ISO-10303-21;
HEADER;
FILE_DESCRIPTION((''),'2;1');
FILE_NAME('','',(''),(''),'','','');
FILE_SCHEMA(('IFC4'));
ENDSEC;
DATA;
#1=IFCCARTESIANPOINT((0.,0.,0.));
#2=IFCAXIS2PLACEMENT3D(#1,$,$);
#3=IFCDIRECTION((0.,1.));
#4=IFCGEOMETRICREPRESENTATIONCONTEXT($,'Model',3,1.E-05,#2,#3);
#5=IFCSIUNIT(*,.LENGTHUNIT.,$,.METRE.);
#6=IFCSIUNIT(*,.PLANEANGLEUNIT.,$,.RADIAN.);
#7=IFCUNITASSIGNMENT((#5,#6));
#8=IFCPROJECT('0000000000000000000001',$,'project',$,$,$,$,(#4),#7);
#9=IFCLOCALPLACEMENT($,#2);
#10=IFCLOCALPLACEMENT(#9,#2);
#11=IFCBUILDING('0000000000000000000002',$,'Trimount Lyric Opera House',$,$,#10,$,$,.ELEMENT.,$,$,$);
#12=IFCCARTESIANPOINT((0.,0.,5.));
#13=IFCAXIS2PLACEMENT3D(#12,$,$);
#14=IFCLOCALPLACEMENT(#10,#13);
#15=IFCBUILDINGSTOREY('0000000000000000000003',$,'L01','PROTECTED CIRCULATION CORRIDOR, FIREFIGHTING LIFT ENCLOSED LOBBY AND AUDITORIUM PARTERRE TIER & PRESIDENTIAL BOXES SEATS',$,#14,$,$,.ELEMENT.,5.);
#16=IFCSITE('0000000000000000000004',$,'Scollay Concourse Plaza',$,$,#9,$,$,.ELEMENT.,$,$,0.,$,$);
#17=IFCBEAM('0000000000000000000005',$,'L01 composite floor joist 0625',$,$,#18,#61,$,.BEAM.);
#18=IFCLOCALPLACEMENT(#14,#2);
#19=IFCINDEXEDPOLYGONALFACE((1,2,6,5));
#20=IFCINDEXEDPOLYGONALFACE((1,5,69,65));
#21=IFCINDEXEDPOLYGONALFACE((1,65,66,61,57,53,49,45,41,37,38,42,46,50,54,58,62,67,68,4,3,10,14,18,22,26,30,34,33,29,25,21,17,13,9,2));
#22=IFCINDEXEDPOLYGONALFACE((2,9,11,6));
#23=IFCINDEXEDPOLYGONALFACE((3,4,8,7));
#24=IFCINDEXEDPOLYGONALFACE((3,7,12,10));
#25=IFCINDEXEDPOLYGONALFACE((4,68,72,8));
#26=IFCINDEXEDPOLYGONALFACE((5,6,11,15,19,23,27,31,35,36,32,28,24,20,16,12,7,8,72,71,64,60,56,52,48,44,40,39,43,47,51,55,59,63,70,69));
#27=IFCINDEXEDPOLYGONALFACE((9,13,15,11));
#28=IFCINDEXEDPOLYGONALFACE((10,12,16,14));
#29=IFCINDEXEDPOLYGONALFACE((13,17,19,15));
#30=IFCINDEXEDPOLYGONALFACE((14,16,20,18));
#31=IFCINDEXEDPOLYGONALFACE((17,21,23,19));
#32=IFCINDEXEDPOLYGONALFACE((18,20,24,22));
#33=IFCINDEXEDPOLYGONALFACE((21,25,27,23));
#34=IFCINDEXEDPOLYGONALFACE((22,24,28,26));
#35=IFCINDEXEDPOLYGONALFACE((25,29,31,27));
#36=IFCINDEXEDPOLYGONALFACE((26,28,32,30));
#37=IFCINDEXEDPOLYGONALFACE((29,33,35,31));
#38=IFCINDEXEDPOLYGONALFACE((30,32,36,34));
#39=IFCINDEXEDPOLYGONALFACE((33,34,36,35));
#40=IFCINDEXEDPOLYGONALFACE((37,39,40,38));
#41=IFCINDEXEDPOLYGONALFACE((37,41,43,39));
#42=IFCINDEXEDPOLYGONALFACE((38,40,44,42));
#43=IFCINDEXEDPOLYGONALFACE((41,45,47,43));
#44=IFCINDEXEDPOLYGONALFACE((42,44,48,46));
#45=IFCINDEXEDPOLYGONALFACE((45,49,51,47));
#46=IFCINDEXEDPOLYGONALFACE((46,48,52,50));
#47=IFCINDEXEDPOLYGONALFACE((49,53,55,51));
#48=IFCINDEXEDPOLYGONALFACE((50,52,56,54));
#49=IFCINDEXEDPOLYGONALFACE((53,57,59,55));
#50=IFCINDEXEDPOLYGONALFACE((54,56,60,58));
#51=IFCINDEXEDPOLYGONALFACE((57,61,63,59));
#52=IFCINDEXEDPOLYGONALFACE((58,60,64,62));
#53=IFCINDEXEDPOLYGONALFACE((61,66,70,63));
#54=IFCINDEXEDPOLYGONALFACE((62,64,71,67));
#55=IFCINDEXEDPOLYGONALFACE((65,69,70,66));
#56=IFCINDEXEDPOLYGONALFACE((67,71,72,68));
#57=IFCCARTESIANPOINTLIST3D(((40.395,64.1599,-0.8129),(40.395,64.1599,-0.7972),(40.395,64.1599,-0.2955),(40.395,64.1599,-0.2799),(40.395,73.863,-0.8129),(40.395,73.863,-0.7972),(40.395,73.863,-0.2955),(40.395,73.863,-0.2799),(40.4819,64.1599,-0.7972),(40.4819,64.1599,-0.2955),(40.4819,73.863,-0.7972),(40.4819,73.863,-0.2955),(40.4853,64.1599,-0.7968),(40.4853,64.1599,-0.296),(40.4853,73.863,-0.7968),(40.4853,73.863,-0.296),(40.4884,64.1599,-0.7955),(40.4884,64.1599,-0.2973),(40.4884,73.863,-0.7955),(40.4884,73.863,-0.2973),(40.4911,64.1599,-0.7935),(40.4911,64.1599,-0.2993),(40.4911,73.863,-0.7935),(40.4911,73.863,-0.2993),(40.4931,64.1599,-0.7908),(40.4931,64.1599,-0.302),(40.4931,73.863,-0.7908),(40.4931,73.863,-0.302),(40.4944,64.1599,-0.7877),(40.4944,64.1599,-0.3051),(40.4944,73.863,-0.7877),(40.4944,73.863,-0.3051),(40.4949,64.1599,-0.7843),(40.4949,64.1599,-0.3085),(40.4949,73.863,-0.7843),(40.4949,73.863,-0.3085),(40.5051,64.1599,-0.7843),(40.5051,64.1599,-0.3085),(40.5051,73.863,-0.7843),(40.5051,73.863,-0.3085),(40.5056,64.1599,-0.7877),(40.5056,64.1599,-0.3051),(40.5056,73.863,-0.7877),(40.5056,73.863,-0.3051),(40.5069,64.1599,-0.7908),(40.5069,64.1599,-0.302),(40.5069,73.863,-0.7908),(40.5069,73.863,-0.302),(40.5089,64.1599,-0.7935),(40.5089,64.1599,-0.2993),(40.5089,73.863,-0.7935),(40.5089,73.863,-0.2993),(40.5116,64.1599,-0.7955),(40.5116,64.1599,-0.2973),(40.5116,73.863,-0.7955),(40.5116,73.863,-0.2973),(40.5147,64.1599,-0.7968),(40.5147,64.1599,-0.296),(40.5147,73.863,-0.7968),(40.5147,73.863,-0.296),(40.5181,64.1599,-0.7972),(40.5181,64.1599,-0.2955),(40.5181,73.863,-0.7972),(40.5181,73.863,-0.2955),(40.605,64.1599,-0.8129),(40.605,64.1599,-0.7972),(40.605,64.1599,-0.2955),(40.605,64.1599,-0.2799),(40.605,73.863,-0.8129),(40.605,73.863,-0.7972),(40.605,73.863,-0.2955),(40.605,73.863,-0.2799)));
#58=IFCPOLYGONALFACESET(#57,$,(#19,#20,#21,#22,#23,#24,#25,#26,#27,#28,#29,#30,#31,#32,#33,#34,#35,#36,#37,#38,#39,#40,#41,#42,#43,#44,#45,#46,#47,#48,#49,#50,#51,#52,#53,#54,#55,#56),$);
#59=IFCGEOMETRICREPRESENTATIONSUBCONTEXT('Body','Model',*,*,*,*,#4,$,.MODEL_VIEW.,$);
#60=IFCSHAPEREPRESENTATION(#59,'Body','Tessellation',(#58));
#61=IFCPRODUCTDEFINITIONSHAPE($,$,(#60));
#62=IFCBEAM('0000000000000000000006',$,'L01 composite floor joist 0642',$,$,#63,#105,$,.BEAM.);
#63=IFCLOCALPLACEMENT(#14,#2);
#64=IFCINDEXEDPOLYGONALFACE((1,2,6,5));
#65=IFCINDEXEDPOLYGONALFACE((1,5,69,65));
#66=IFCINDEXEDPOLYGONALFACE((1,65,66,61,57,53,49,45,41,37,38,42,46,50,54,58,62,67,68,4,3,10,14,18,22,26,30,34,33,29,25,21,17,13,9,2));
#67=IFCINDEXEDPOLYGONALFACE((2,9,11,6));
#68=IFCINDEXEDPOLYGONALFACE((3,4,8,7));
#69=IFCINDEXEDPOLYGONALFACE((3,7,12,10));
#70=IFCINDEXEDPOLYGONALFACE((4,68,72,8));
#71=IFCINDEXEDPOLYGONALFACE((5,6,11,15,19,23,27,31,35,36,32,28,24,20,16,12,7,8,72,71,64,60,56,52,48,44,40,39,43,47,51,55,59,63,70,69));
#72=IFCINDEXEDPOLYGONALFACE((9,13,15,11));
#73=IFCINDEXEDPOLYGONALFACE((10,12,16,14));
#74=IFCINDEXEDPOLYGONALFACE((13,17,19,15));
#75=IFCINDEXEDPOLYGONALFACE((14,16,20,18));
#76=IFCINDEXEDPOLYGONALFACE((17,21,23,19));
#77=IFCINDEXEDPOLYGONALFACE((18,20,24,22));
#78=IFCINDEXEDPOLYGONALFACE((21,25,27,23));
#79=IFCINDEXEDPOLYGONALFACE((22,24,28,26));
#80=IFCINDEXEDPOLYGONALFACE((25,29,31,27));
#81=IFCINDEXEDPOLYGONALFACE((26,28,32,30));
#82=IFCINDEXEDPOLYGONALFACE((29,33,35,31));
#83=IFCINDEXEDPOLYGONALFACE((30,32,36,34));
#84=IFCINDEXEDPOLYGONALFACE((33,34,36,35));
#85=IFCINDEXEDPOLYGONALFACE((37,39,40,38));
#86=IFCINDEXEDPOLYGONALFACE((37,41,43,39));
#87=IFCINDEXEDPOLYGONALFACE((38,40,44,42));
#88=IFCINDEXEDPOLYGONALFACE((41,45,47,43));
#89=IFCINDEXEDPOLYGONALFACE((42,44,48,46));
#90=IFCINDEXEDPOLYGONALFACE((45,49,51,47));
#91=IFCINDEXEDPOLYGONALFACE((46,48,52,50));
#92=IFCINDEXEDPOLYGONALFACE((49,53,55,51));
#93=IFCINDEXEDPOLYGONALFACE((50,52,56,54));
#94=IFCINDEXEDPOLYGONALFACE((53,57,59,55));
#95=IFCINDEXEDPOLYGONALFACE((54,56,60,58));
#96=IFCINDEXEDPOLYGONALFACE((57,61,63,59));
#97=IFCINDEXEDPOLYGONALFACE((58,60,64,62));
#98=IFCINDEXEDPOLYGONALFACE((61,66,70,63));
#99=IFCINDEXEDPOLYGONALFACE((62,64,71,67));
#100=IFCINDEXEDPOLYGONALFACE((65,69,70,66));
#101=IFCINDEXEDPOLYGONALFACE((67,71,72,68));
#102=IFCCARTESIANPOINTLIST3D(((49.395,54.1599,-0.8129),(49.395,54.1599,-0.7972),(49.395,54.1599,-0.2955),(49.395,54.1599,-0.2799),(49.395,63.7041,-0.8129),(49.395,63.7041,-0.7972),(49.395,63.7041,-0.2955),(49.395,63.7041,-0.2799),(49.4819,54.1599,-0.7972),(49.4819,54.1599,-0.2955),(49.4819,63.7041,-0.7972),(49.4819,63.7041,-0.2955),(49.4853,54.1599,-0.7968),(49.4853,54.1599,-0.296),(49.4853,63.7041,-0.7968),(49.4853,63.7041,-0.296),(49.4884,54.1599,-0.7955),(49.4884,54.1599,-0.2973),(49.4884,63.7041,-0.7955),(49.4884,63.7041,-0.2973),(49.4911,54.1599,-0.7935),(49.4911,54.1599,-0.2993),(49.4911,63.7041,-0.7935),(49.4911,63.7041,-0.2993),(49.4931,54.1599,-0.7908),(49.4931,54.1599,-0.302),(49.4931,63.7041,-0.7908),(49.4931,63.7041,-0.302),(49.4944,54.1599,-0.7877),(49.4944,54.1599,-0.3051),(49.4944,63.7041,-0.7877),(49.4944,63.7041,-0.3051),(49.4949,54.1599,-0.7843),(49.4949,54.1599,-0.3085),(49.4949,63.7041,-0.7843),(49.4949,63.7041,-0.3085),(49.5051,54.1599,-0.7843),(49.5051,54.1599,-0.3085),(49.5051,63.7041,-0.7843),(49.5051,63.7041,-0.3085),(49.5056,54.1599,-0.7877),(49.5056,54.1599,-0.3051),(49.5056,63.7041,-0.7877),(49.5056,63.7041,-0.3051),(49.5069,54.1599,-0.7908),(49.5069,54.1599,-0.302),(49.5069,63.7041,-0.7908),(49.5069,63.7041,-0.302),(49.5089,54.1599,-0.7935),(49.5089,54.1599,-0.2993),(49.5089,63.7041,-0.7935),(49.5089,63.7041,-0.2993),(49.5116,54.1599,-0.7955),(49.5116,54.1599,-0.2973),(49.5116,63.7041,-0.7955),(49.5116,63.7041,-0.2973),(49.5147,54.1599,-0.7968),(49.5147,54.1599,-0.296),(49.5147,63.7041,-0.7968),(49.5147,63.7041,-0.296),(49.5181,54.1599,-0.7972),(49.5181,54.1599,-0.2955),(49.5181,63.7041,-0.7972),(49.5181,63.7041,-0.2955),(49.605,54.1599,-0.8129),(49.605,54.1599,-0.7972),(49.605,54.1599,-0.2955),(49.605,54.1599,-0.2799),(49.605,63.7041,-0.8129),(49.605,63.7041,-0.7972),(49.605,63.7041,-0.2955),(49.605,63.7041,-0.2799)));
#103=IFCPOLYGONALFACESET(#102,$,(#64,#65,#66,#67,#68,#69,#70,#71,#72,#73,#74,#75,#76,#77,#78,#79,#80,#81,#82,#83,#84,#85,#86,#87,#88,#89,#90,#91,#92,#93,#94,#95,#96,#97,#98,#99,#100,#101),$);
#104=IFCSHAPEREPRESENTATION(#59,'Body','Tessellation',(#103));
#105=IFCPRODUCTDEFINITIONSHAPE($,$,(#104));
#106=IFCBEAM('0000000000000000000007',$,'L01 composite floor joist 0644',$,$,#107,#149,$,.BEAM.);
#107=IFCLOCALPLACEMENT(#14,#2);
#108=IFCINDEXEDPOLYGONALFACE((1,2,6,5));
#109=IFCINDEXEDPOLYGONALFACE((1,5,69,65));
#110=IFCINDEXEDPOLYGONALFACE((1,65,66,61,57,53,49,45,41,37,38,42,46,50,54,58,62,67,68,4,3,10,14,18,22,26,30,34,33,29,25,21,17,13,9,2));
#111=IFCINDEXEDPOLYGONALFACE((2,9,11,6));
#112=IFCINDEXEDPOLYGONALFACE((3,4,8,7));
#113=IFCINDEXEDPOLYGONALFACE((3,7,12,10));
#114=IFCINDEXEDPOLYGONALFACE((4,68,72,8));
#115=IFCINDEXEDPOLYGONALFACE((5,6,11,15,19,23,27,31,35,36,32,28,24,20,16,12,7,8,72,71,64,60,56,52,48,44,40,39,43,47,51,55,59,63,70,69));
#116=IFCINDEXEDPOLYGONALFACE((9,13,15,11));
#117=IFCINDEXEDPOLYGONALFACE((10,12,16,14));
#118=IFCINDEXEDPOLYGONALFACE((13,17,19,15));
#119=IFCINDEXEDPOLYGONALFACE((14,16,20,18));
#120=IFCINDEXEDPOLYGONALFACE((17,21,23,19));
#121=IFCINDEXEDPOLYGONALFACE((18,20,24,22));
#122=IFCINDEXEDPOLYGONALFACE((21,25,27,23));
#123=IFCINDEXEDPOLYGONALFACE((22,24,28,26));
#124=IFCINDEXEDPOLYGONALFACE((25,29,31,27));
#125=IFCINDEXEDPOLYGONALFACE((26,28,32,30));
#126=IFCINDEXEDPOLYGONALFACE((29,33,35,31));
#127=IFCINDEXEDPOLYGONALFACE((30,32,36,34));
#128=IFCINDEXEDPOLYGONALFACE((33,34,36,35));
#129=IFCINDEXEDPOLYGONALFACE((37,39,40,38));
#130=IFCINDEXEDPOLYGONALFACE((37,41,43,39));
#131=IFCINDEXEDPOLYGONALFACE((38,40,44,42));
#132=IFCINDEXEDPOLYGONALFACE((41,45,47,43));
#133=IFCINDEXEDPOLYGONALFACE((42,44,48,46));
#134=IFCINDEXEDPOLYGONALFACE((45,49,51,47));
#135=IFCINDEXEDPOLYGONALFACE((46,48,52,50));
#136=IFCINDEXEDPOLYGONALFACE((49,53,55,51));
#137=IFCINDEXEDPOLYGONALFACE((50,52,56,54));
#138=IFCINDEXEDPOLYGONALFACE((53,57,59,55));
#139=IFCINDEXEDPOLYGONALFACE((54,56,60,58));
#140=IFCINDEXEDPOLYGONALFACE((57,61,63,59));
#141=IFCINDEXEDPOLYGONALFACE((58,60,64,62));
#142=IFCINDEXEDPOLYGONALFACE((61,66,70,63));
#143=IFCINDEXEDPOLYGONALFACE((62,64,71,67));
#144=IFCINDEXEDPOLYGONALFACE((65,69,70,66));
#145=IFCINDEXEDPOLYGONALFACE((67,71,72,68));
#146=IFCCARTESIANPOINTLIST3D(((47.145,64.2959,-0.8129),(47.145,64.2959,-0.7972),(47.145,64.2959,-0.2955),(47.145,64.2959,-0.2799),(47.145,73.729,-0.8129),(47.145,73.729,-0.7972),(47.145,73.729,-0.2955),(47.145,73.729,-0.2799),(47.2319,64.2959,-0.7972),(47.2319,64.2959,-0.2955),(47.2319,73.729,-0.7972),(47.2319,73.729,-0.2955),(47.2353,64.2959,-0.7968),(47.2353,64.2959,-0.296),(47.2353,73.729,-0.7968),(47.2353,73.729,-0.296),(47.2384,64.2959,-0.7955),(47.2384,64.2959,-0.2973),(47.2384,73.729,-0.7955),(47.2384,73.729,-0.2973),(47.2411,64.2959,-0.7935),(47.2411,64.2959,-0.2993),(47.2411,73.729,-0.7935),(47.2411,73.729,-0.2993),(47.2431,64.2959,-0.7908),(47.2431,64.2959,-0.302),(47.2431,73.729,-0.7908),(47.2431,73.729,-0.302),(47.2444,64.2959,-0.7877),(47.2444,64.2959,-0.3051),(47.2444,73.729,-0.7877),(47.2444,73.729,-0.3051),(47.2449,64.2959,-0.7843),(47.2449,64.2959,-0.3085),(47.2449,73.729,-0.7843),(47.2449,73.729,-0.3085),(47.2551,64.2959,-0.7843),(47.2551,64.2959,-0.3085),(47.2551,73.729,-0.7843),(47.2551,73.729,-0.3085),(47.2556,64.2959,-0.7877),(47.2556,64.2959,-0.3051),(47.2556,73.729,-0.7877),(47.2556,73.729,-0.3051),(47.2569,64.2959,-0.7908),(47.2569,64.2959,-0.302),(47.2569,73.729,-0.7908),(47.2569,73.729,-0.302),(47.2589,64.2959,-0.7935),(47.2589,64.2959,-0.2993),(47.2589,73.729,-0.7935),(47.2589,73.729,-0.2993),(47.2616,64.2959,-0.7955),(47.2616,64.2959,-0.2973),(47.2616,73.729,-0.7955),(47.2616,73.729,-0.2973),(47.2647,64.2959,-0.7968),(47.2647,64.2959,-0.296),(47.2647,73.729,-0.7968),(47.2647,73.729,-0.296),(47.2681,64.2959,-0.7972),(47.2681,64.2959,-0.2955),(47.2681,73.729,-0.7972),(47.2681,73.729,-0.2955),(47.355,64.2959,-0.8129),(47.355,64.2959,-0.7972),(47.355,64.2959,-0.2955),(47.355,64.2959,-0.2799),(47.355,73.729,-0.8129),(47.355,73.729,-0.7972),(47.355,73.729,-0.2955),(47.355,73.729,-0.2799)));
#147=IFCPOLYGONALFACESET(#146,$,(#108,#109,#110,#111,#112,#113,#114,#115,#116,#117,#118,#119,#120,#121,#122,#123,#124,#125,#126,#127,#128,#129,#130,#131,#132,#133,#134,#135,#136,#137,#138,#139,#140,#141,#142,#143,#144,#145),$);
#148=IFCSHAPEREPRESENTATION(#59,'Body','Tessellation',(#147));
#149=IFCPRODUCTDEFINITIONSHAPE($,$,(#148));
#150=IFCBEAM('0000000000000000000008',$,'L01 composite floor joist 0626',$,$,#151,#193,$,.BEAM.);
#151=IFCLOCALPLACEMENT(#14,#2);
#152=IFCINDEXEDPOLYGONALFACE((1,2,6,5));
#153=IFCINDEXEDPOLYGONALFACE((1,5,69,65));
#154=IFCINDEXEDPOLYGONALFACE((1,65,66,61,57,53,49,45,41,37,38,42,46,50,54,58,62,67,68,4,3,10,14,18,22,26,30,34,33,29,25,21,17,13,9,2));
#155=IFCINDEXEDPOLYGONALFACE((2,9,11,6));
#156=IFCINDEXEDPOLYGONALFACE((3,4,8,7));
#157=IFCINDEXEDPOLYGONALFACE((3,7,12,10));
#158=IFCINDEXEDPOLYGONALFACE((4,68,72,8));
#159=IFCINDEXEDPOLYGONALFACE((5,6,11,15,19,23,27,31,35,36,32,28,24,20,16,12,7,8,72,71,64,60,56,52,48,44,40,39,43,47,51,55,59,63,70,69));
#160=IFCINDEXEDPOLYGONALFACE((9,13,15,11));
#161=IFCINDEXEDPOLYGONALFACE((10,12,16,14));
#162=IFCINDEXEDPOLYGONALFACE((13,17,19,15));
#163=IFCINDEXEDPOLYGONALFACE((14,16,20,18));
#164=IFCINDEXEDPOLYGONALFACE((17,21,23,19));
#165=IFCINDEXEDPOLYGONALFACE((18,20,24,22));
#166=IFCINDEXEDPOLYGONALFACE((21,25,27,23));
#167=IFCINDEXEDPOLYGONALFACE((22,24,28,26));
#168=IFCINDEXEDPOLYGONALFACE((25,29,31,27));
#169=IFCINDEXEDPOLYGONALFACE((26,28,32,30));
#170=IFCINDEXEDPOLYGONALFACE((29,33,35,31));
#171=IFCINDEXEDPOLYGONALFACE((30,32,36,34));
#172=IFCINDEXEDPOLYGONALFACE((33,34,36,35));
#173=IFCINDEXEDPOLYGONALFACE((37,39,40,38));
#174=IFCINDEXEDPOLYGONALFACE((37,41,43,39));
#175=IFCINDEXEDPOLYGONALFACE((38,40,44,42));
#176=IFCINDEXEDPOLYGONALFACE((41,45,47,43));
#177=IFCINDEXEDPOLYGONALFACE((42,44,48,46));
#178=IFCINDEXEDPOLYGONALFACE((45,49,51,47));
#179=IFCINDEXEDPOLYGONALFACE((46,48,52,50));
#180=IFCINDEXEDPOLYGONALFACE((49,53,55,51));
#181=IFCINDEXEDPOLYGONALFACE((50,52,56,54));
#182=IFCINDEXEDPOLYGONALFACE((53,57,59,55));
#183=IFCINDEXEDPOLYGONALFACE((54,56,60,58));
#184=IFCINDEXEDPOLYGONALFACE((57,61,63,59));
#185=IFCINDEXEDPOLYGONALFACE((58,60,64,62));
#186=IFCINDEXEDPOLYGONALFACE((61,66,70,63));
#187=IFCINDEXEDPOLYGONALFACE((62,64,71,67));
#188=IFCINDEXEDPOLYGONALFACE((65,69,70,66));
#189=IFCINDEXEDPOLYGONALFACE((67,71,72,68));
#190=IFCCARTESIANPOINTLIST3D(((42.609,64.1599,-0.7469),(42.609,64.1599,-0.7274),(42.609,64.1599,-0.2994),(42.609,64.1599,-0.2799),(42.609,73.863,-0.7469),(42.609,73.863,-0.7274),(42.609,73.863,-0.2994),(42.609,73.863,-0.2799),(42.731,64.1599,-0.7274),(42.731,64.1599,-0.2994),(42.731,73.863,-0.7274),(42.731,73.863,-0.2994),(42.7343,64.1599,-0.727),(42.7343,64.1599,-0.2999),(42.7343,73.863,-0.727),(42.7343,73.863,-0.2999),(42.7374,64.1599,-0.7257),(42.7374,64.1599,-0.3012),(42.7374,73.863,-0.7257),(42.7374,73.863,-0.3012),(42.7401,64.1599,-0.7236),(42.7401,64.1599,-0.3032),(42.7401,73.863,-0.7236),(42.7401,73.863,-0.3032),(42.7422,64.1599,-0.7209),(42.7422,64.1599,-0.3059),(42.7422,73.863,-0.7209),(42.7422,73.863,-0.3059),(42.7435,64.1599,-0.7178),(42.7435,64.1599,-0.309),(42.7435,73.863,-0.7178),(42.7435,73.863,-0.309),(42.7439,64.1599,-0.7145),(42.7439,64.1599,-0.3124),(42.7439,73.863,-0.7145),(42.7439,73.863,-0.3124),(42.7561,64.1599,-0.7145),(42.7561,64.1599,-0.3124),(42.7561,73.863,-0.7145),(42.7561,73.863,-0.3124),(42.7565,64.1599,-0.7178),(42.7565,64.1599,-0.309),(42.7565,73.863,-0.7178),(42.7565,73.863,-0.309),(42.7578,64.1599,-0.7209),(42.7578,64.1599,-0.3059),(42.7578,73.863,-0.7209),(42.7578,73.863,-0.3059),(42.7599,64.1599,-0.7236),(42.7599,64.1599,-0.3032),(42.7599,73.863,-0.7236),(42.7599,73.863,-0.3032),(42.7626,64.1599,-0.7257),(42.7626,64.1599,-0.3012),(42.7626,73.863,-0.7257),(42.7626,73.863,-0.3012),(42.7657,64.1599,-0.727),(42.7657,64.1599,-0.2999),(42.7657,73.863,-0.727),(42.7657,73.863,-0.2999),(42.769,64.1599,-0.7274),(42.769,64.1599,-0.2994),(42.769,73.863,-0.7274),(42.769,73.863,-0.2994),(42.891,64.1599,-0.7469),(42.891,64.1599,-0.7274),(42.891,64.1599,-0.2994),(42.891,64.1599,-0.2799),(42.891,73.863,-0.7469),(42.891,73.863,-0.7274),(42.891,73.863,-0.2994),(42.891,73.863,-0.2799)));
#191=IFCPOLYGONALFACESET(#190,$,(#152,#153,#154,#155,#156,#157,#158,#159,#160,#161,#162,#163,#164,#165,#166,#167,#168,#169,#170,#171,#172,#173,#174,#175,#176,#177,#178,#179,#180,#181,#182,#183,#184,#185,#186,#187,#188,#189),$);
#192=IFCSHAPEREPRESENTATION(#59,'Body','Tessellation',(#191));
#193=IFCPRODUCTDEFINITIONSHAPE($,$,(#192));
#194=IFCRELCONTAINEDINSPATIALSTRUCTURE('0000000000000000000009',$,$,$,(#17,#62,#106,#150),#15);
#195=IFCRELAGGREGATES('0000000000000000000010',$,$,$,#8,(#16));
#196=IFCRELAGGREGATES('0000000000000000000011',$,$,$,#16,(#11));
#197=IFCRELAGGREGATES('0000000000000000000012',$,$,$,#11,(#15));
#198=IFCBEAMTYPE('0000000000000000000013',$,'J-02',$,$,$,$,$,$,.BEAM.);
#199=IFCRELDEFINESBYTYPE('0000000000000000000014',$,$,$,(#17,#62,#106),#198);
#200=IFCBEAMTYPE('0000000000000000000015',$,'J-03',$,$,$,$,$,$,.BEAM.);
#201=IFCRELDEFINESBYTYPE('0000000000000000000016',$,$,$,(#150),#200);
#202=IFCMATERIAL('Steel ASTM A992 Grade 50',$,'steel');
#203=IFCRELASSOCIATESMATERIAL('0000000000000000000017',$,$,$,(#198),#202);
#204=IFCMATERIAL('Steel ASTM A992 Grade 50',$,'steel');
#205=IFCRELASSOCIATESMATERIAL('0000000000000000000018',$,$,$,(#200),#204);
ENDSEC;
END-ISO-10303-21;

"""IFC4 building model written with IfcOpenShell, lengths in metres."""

from ifc_helpers import new_model, si_unit, direction, frame, origin, origin_2d, place, context, subcontext, project, spatial, i_section, extrude, material, material_profile, profile_set, type_object, element, save


model = new_model("IFC4")

# Units and contexts
model_context = context("Model", 3, precision=1e-05, world=origin(), true_north=direction((0.0, 1.0)))
body_context = subcontext(model_context, "Body", "Model", "MODEL_VIEW")
ifc_project = project(units=[si_unit("LENGTHUNIT", "METRE"), si_unit("PLANEANGLEUNIT", "RADIAN")], contexts=[model_context])

# Site, building, storey
site_placement = place(None, origin())
site = spatial("IfcSite", under=ifc_project, at=site_placement, Name="Scollay Concourse Plaza", CompositionType="ELEMENT", RefElevation=0.0)
building_placement = place(site_placement, origin())
building = spatial("IfcBuilding", under=site, at=building_placement, Name="Trimount Lyric Opera House", CompositionType="ELEMENT")
storey_placement = place(building_placement, frame((0.0, 0.0, 5.0)))
storey = spatial("IfcBuildingStorey", under=building, at=storey_placement, Name="L01", Description="PROTECTED CIRCULATION CORRIDOR, FIREFIGHTING LIFT ENCLOSED LOBBY AND AUDITORIUM PARTERRE TIER & PRESIDENTIAL BOXES SEATS", CompositionType="ELEMENT", Elevation=5.0)

# Beams
ifc_material_1 = material(Name="Steel ASTM A992 Grade 50", Category="steel")
ifc_material_profile_1 = material_profile(ifc_material_1, i_section(OverallWidth=0.21, OverallDepth=0.533, WebThickness=0.0103, FlangeThickness=0.0156, FilletRadius=0.0129, at=origin_2d()), Name="W21X62")
ifc_profile_set_1 = profile_set([ifc_material_profile_1], Name="Steel ASTM A992 Grade 50")
beam_type_1 = type_object("IfcBeamType", Name="J-02", PredefinedType="BEAM", material=ifc_profile_set_1)
beam_1_placement = place(storey_placement, frame((40.5, 64.1599, -0.5464), z_axis=(0.0, 1.0, 0.0), x_axis=(-1.0, 0.0, 0.0)))
element("IfcBeam", 1, at=beam_1_placement, inside=storey, type_object=beam_type_1, Name="L01 composite floor joist 0625", PredefinedType="BEAM", context=body_context, shape_type="SweptSolid", body=[
    extrude(i_section(OverallWidth=0.21, OverallDepth=0.533, WebThickness=0.0103, FlangeThickness=0.0156, FilletRadius=0.0129, at=origin_2d()), origin(), (0.0, 0.0, 1.0), 9.7031),
])
beam_2_placement = place(storey_placement, frame((49.5, 54.1599, -0.5464), z_axis=(0.0, 1.0, 0.0), x_axis=(-1.0, 0.0, 0.0)))
element("IfcBeam", 2, at=beam_2_placement, inside=storey, type_object=beam_type_1, Name="L01 composite floor joist 0642", PredefinedType="BEAM", context=body_context, shape_type="SweptSolid", body=[
    extrude(i_section(OverallWidth=0.21, OverallDepth=0.533, WebThickness=0.0103, FlangeThickness=0.0156, FilletRadius=0.0129, at=origin_2d()), origin(), (0.0, 0.0, 1.0), 9.5442),
])
beam_3_placement = place(storey_placement, frame((47.25, 64.2959, -0.5464), z_axis=(0.0, 1.0, 0.0), x_axis=(-1.0, 0.0, 0.0)))
element("IfcBeam", 3, at=beam_3_placement, inside=storey, type_object=beam_type_1, Name="L01 composite floor joist 0644", PredefinedType="BEAM", context=body_context, shape_type="SweptSolid", body=[
    extrude(i_section(OverallWidth=0.21, OverallDepth=0.533, WebThickness=0.0103, FlangeThickness=0.0156, FilletRadius=0.0129, at=origin_2d()), origin(), (0.0, 0.0, 1.0), 9.4331),
])
ifc_material_2 = material(Name="Steel ASTM A992 Grade 50", Category="steel")
ifc_material_profile_2 = material_profile(ifc_material_2, i_section(OverallWidth=0.282, OverallDepth=0.467, WebThickness=0.0122, FlangeThickness=0.0195, FilletRadius=0.0129, at=origin_2d()), Name="W18X86")
ifc_profile_set_2 = profile_set([ifc_material_profile_2], Name="Steel ASTM A992 Grade 50")
beam_type_2 = type_object("IfcBeamType", Name="J-03", PredefinedType="BEAM", material=ifc_profile_set_2)
beam_4_placement = place(storey_placement, frame((42.75, 64.1599, -0.5134), z_axis=(0.0, 1.0, 0.0), x_axis=(-1.0, 0.0, 0.0)))
element("IfcBeam", 4, at=beam_4_placement, inside=storey, type_object=beam_type_2, Name="L01 composite floor joist 0626", PredefinedType="BEAM", context=body_context, shape_type="SweptSolid", body=[
    extrude(i_section(OverallWidth=0.282, OverallDepth=0.467, WebThickness=0.0122, FlangeThickness=0.0195, FilletRadius=0.0129, at=origin_2d()), origin(), (0.0, 0.0, 1.0), 9.7031),
])

save(model, "model.ifc")
